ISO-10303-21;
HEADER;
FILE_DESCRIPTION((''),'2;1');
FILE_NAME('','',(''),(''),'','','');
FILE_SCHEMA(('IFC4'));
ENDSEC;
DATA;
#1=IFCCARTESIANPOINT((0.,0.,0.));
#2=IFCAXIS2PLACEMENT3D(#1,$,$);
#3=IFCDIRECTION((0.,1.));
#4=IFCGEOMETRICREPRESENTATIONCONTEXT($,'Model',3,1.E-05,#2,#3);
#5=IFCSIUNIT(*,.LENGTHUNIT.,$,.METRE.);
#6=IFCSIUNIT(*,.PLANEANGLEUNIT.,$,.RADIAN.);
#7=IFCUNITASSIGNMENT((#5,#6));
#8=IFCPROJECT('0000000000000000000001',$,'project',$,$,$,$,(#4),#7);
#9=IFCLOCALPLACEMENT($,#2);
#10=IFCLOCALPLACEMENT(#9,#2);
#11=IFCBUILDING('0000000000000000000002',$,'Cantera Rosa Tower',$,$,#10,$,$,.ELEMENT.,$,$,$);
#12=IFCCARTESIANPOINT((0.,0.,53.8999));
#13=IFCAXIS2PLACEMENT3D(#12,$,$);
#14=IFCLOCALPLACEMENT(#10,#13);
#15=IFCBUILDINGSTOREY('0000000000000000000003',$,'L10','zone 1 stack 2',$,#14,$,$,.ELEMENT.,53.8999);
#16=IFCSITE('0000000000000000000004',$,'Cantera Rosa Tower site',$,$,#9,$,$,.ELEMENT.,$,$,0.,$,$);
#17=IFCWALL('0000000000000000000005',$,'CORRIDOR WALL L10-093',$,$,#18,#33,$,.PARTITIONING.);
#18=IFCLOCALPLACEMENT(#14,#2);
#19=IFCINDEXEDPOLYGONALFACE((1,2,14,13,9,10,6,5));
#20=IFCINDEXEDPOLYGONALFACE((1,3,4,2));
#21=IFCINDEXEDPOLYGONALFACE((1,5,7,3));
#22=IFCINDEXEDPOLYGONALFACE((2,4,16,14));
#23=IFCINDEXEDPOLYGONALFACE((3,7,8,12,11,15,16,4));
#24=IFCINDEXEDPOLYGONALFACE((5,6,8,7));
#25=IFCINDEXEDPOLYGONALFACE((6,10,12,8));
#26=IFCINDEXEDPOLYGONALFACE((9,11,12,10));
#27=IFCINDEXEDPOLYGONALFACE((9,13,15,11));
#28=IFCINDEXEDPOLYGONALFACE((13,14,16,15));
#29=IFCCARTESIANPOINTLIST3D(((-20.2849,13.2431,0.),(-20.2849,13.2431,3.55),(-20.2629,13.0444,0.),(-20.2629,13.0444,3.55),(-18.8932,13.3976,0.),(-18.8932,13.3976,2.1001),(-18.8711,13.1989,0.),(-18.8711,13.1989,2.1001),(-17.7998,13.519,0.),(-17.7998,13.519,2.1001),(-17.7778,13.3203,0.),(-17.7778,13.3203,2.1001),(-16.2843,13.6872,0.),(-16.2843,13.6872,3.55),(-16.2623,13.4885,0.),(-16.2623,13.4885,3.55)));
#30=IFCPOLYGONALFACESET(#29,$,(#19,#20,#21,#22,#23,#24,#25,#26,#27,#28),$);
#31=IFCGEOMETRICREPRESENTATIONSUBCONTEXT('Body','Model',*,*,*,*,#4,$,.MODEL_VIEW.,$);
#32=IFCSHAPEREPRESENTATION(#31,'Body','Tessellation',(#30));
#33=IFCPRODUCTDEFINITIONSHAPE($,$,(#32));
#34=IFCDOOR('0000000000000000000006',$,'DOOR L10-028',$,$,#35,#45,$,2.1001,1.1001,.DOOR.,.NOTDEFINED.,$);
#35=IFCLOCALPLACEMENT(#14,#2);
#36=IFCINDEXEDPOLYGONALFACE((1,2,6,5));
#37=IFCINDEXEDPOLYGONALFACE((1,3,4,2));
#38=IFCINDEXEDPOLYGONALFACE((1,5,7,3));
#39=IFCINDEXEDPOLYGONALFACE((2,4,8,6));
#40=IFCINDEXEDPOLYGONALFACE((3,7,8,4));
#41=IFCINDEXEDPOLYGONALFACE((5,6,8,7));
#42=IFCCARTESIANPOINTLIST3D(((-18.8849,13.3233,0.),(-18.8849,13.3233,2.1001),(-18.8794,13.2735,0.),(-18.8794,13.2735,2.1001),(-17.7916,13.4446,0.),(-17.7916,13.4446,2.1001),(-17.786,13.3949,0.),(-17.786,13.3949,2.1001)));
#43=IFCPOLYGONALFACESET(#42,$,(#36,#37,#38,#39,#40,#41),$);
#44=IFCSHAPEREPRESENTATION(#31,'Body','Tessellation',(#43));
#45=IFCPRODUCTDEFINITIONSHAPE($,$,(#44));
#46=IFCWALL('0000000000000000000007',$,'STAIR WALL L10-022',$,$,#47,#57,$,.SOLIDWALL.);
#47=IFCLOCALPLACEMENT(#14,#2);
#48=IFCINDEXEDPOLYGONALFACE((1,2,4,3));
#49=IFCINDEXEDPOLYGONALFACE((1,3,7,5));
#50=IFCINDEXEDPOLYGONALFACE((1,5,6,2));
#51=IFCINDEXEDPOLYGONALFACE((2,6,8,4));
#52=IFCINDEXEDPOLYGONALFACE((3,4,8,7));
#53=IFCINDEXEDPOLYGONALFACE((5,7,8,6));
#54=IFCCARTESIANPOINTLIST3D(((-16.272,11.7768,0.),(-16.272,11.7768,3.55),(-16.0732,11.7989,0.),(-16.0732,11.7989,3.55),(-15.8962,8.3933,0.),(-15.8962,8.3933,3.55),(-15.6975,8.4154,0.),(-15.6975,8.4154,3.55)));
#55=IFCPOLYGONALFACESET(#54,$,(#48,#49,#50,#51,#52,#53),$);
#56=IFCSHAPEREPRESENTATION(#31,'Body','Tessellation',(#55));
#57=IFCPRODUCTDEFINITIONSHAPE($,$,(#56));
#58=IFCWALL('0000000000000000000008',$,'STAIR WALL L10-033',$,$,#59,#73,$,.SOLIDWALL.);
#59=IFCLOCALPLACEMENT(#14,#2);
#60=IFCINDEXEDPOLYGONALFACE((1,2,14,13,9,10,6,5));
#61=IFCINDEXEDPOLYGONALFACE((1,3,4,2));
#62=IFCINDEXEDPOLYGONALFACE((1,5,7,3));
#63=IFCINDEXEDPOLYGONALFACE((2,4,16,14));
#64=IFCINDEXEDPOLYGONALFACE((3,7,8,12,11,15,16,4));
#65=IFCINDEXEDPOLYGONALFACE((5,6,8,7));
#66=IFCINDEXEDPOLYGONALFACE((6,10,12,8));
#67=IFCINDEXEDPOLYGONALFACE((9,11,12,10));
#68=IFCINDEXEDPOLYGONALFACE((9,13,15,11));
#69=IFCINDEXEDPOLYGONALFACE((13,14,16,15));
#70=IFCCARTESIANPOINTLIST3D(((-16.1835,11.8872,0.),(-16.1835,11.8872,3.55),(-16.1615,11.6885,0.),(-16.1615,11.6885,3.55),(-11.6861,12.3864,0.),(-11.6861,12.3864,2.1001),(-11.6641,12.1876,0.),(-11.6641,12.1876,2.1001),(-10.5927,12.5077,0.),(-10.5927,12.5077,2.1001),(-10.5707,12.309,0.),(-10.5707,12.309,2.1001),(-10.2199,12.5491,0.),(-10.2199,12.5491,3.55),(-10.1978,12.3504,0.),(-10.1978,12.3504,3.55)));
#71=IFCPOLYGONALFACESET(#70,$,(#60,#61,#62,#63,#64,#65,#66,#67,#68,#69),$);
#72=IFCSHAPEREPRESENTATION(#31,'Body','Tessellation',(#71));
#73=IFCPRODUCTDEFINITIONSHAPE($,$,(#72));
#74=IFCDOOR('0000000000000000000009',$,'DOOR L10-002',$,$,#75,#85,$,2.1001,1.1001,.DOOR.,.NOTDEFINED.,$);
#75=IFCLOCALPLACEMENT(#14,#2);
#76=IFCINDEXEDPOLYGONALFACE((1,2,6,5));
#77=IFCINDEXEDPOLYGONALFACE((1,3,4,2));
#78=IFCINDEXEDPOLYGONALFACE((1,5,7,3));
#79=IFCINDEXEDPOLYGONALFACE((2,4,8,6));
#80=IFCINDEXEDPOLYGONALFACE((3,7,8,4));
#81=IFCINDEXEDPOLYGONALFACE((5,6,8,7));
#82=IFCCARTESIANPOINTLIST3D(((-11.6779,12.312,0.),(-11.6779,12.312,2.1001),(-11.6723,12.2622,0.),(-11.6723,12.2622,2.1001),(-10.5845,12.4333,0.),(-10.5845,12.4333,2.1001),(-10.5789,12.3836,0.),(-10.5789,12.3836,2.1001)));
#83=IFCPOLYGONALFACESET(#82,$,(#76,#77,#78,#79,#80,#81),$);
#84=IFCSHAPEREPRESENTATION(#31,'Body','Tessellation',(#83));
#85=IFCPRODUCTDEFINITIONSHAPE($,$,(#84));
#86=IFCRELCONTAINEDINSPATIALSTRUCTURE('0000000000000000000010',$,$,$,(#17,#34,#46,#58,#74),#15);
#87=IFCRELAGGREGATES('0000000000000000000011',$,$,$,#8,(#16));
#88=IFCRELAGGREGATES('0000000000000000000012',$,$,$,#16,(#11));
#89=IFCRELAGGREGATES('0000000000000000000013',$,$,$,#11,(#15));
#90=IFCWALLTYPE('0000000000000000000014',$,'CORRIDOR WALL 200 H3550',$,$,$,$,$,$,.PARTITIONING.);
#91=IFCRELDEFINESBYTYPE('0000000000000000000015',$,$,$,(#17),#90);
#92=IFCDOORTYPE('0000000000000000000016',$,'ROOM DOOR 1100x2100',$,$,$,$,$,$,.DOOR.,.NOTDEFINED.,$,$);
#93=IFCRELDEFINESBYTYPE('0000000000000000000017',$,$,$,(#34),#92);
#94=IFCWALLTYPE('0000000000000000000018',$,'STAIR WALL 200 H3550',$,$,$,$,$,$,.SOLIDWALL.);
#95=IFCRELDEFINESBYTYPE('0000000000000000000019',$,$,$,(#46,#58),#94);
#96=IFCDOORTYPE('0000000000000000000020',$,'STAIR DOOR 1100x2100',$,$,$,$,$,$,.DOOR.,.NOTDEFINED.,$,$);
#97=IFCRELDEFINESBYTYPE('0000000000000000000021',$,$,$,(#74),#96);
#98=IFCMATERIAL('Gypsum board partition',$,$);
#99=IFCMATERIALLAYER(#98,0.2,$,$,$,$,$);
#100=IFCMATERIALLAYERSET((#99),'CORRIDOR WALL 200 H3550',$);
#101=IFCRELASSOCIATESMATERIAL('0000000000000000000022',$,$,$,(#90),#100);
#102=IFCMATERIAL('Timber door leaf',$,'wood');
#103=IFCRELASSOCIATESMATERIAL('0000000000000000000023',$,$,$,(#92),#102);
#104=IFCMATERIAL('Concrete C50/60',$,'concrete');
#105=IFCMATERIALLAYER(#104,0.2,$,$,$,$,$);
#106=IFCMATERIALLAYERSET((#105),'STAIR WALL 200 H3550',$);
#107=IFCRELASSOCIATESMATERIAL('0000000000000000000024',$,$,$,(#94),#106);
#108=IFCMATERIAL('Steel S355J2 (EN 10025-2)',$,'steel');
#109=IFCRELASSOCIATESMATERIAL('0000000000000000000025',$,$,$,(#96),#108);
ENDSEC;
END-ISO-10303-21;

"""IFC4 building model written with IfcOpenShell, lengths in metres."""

from ifc_helpers import new_model, si_unit, direction, frame, frame_2d, origin, place, context, subcontext, project, spatial, rectangle, extrude, material, layer, layer_set, type_object, element, fill, save


model = new_model("IFC4")

# Units and contexts
model_context = context("Model", 3, precision=1e-05, world=origin(), true_north=direction((0.0, 1.0)))
body_context = subcontext(model_context, "Body", "Model", "MODEL_VIEW")
ifc_project = project(units=[si_unit("LENGTHUNIT", "METRE"), si_unit("PLANEANGLEUNIT", "RADIAN")], contexts=[model_context])

# Site, building, storey
site_placement = place(None, origin())
site = spatial("IfcSite", under=ifc_project, at=site_placement, Name="Cantera Rosa Tower site", CompositionType="ELEMENT", RefElevation=0.0)
building_placement = place(site_placement, origin())
building = spatial("IfcBuilding", under=site, at=building_placement, Name="Cantera Rosa Tower", CompositionType="ELEMENT")
storey_placement = place(building_placement, frame((0.0, 0.0, 53.8999)))
storey = spatial("IfcBuildingStorey", under=building, at=storey_placement, Name="L10", Description="zone 1 stack 2", CompositionType="ELEMENT", Elevation=53.8999)

# Shared definitions
ifc_material_1 = material(Name="Gypsum board partition")
ifc_layer_1 = layer(ifc_material_1, 0.2)
ifc_layer_set_1 = layer_set([ifc_layer_1], Name="CORRIDOR WALL 200 H3550")
wall_type_1 = type_object("IfcWallType", Name="CORRIDOR WALL 200 H3550", PredefinedType="PARTITIONING", material=ifc_layer_set_1)

# Wall, opening, door
wall_1_placement = place(storey_placement, frame((-16.2732, 13.5879, 0.0), z_axis=(0.0, 0.0, 1.0), x_axis=(-0.993895, -0.110332, 0.0)))
wall_1 = element("IfcWall", 1, at=wall_1_placement, inside=storey, type_object=wall_type_1, Name="CORRIDOR WALL L10-093", PredefinedType="PARTITIONING", context=body_context, shape_type="SweptSolid", body=[
    extrude(rectangle(XDim=4.0251, YDim=0.2, at=frame_2d((2.0127, 0.0))), origin(), (0.0, 0.0, 1.0), 3.55),
])
opening_1_placement = place(wall_1_placement, frame((1.5249, 0.0, 0.0)))
opening_1 = element("IfcOpeningElement", 2, at=opening_1_placement, cuts=wall_1, PredefinedType="OPENING", context=body_context, shape_type="SweptSolid", body=[
    extrude(rectangle(XDim=1.1001, YDim=2.1001, at=frame_2d((0.55, 1.05))), frame((0.0, 0.1099, 0.0), z_axis=(0.0, -1.0, 0.0), x_axis=(1.0, 0.0, 0.0)), (0.0, 0.0, 1.0), 0.22),
])
ifc_material_2 = material(Name="Timber door leaf", Category="wood")
door_type_1 = type_object("IfcDoorType", Name="ROOM DOOR 1100x2100", OperationType="NOTDEFINED", PredefinedType="DOOR", material=ifc_material_2)
door_1_placement = place(opening_1_placement, origin())
door_1 = element("IfcDoor", 3, at=door_1_placement, inside=storey, type_object=door_type_1, Name="DOOR L10-028", OperationType="NOTDEFINED", OverallHeight=2.1001, OverallWidth=1.1001, PredefinedType="DOOR", context=body_context, shape_type="SweptSolid", body=[
    extrude(rectangle(XDim=1.1001, YDim=2.1001, at=frame_2d((0.55, 1.05))), frame((0.0, 0.0249, 0.0), z_axis=(0.0, -1.0, 0.0), x_axis=(1.0, 0.0, 0.0)), (0.0, 0.0, 1.0), 0.05),
])
fill(opening_1, door_1)

# Wall
ifc_material_3 = material(Name="Concrete C50/60", Category="concrete")
ifc_layer_2 = layer(ifc_material_3, 0.2)
ifc_layer_set_2 = layer_set([ifc_layer_2], Name="STAIR WALL 200 H3550")
wall_type_2 = type_object("IfcWallType", Name="STAIR WALL 200 H3550", PredefinedType="SOLIDWALL", material=ifc_layer_set_2)
wall_2_placement = place(storey_placement, frame((-16.1726, 11.7878, 0.0), z_axis=(0.0, 0.0, 1.0), x_axis=(0.110369, -0.993891, 0.0)))
element("IfcWall", 4, at=wall_2_placement, inside=storey, type_object=wall_type_2, Name="STAIR WALL L10-022", PredefinedType="SOLIDWALL", context=body_context, shape_type="SweptSolid", body=[
    extrude(rectangle(XDim=3.4043, YDim=0.2, at=frame_2d((1.7021, 0.0))), origin(), (0.0, 0.0, 1.0), 3.55),
])

# Wall, opening, door
wall_3_placement = place(storey_placement, frame((-10.209, 12.4497, 0.0), z_axis=(0.0, 0.0, 1.0), x_axis=(-0.993898, -0.110306, 0.0)))
wall_3 = element("IfcWall", 5, at=wall_3_placement, inside=storey, type_object=wall_type_2, Name="STAIR WALL L10-033", PredefinedType="SOLIDWALL", context=body_context, shape_type="SweptSolid", body=[
    extrude(rectangle(XDim=6.0002, YDim=0.2, at=frame_2d((3.0, 0.0))), origin(), (0.0, 0.0, 1.0), 3.55),
])
opening_2_placement = place(wall_3_placement, frame((0.375, 0.0, 0.0)))
opening_2 = element("IfcOpeningElement", 6, at=opening_2_placement, cuts=wall_3, PredefinedType="OPENING", context=body_context, shape_type="SweptSolid", body=[
    extrude(rectangle(XDim=1.1001, YDim=2.1001, at=frame_2d((0.55, 1.05))), frame((0.0, 0.1099, 0.0), z_axis=(0.0, -1.0, 0.0), x_axis=(1.0, 0.0, 0.0)), (0.0, 0.0, 1.0), 0.22),
])
ifc_material_4 = material(Name="Steel S355J2 (EN 10025-2)", Category="steel")
door_type_2 = type_object("IfcDoorType", Name="STAIR DOOR 1100x2100", OperationType="NOTDEFINED", PredefinedType="DOOR", material=ifc_material_4)
door_2_placement = place(opening_2_placement, origin())
door_2 = element("IfcDoor", 7, at=door_2_placement, inside=storey, type_object=door_type_2, Name="DOOR L10-002", OperationType="NOTDEFINED", OverallHeight=2.1001, OverallWidth=1.1001, PredefinedType="DOOR", context=body_context, shape_type="SweptSolid", body=[
    extrude(rectangle(XDim=1.1001, YDim=2.1001, at=frame_2d((0.55, 1.05))), frame((0.0, 0.0249, 0.0), z_axis=(0.0, -1.0, 0.0), x_axis=(1.0, 0.0, 0.0)), (0.0, 0.0, 1.0), 0.05),
])
fill(opening_2, door_2)

save(model, "model.ifc")
